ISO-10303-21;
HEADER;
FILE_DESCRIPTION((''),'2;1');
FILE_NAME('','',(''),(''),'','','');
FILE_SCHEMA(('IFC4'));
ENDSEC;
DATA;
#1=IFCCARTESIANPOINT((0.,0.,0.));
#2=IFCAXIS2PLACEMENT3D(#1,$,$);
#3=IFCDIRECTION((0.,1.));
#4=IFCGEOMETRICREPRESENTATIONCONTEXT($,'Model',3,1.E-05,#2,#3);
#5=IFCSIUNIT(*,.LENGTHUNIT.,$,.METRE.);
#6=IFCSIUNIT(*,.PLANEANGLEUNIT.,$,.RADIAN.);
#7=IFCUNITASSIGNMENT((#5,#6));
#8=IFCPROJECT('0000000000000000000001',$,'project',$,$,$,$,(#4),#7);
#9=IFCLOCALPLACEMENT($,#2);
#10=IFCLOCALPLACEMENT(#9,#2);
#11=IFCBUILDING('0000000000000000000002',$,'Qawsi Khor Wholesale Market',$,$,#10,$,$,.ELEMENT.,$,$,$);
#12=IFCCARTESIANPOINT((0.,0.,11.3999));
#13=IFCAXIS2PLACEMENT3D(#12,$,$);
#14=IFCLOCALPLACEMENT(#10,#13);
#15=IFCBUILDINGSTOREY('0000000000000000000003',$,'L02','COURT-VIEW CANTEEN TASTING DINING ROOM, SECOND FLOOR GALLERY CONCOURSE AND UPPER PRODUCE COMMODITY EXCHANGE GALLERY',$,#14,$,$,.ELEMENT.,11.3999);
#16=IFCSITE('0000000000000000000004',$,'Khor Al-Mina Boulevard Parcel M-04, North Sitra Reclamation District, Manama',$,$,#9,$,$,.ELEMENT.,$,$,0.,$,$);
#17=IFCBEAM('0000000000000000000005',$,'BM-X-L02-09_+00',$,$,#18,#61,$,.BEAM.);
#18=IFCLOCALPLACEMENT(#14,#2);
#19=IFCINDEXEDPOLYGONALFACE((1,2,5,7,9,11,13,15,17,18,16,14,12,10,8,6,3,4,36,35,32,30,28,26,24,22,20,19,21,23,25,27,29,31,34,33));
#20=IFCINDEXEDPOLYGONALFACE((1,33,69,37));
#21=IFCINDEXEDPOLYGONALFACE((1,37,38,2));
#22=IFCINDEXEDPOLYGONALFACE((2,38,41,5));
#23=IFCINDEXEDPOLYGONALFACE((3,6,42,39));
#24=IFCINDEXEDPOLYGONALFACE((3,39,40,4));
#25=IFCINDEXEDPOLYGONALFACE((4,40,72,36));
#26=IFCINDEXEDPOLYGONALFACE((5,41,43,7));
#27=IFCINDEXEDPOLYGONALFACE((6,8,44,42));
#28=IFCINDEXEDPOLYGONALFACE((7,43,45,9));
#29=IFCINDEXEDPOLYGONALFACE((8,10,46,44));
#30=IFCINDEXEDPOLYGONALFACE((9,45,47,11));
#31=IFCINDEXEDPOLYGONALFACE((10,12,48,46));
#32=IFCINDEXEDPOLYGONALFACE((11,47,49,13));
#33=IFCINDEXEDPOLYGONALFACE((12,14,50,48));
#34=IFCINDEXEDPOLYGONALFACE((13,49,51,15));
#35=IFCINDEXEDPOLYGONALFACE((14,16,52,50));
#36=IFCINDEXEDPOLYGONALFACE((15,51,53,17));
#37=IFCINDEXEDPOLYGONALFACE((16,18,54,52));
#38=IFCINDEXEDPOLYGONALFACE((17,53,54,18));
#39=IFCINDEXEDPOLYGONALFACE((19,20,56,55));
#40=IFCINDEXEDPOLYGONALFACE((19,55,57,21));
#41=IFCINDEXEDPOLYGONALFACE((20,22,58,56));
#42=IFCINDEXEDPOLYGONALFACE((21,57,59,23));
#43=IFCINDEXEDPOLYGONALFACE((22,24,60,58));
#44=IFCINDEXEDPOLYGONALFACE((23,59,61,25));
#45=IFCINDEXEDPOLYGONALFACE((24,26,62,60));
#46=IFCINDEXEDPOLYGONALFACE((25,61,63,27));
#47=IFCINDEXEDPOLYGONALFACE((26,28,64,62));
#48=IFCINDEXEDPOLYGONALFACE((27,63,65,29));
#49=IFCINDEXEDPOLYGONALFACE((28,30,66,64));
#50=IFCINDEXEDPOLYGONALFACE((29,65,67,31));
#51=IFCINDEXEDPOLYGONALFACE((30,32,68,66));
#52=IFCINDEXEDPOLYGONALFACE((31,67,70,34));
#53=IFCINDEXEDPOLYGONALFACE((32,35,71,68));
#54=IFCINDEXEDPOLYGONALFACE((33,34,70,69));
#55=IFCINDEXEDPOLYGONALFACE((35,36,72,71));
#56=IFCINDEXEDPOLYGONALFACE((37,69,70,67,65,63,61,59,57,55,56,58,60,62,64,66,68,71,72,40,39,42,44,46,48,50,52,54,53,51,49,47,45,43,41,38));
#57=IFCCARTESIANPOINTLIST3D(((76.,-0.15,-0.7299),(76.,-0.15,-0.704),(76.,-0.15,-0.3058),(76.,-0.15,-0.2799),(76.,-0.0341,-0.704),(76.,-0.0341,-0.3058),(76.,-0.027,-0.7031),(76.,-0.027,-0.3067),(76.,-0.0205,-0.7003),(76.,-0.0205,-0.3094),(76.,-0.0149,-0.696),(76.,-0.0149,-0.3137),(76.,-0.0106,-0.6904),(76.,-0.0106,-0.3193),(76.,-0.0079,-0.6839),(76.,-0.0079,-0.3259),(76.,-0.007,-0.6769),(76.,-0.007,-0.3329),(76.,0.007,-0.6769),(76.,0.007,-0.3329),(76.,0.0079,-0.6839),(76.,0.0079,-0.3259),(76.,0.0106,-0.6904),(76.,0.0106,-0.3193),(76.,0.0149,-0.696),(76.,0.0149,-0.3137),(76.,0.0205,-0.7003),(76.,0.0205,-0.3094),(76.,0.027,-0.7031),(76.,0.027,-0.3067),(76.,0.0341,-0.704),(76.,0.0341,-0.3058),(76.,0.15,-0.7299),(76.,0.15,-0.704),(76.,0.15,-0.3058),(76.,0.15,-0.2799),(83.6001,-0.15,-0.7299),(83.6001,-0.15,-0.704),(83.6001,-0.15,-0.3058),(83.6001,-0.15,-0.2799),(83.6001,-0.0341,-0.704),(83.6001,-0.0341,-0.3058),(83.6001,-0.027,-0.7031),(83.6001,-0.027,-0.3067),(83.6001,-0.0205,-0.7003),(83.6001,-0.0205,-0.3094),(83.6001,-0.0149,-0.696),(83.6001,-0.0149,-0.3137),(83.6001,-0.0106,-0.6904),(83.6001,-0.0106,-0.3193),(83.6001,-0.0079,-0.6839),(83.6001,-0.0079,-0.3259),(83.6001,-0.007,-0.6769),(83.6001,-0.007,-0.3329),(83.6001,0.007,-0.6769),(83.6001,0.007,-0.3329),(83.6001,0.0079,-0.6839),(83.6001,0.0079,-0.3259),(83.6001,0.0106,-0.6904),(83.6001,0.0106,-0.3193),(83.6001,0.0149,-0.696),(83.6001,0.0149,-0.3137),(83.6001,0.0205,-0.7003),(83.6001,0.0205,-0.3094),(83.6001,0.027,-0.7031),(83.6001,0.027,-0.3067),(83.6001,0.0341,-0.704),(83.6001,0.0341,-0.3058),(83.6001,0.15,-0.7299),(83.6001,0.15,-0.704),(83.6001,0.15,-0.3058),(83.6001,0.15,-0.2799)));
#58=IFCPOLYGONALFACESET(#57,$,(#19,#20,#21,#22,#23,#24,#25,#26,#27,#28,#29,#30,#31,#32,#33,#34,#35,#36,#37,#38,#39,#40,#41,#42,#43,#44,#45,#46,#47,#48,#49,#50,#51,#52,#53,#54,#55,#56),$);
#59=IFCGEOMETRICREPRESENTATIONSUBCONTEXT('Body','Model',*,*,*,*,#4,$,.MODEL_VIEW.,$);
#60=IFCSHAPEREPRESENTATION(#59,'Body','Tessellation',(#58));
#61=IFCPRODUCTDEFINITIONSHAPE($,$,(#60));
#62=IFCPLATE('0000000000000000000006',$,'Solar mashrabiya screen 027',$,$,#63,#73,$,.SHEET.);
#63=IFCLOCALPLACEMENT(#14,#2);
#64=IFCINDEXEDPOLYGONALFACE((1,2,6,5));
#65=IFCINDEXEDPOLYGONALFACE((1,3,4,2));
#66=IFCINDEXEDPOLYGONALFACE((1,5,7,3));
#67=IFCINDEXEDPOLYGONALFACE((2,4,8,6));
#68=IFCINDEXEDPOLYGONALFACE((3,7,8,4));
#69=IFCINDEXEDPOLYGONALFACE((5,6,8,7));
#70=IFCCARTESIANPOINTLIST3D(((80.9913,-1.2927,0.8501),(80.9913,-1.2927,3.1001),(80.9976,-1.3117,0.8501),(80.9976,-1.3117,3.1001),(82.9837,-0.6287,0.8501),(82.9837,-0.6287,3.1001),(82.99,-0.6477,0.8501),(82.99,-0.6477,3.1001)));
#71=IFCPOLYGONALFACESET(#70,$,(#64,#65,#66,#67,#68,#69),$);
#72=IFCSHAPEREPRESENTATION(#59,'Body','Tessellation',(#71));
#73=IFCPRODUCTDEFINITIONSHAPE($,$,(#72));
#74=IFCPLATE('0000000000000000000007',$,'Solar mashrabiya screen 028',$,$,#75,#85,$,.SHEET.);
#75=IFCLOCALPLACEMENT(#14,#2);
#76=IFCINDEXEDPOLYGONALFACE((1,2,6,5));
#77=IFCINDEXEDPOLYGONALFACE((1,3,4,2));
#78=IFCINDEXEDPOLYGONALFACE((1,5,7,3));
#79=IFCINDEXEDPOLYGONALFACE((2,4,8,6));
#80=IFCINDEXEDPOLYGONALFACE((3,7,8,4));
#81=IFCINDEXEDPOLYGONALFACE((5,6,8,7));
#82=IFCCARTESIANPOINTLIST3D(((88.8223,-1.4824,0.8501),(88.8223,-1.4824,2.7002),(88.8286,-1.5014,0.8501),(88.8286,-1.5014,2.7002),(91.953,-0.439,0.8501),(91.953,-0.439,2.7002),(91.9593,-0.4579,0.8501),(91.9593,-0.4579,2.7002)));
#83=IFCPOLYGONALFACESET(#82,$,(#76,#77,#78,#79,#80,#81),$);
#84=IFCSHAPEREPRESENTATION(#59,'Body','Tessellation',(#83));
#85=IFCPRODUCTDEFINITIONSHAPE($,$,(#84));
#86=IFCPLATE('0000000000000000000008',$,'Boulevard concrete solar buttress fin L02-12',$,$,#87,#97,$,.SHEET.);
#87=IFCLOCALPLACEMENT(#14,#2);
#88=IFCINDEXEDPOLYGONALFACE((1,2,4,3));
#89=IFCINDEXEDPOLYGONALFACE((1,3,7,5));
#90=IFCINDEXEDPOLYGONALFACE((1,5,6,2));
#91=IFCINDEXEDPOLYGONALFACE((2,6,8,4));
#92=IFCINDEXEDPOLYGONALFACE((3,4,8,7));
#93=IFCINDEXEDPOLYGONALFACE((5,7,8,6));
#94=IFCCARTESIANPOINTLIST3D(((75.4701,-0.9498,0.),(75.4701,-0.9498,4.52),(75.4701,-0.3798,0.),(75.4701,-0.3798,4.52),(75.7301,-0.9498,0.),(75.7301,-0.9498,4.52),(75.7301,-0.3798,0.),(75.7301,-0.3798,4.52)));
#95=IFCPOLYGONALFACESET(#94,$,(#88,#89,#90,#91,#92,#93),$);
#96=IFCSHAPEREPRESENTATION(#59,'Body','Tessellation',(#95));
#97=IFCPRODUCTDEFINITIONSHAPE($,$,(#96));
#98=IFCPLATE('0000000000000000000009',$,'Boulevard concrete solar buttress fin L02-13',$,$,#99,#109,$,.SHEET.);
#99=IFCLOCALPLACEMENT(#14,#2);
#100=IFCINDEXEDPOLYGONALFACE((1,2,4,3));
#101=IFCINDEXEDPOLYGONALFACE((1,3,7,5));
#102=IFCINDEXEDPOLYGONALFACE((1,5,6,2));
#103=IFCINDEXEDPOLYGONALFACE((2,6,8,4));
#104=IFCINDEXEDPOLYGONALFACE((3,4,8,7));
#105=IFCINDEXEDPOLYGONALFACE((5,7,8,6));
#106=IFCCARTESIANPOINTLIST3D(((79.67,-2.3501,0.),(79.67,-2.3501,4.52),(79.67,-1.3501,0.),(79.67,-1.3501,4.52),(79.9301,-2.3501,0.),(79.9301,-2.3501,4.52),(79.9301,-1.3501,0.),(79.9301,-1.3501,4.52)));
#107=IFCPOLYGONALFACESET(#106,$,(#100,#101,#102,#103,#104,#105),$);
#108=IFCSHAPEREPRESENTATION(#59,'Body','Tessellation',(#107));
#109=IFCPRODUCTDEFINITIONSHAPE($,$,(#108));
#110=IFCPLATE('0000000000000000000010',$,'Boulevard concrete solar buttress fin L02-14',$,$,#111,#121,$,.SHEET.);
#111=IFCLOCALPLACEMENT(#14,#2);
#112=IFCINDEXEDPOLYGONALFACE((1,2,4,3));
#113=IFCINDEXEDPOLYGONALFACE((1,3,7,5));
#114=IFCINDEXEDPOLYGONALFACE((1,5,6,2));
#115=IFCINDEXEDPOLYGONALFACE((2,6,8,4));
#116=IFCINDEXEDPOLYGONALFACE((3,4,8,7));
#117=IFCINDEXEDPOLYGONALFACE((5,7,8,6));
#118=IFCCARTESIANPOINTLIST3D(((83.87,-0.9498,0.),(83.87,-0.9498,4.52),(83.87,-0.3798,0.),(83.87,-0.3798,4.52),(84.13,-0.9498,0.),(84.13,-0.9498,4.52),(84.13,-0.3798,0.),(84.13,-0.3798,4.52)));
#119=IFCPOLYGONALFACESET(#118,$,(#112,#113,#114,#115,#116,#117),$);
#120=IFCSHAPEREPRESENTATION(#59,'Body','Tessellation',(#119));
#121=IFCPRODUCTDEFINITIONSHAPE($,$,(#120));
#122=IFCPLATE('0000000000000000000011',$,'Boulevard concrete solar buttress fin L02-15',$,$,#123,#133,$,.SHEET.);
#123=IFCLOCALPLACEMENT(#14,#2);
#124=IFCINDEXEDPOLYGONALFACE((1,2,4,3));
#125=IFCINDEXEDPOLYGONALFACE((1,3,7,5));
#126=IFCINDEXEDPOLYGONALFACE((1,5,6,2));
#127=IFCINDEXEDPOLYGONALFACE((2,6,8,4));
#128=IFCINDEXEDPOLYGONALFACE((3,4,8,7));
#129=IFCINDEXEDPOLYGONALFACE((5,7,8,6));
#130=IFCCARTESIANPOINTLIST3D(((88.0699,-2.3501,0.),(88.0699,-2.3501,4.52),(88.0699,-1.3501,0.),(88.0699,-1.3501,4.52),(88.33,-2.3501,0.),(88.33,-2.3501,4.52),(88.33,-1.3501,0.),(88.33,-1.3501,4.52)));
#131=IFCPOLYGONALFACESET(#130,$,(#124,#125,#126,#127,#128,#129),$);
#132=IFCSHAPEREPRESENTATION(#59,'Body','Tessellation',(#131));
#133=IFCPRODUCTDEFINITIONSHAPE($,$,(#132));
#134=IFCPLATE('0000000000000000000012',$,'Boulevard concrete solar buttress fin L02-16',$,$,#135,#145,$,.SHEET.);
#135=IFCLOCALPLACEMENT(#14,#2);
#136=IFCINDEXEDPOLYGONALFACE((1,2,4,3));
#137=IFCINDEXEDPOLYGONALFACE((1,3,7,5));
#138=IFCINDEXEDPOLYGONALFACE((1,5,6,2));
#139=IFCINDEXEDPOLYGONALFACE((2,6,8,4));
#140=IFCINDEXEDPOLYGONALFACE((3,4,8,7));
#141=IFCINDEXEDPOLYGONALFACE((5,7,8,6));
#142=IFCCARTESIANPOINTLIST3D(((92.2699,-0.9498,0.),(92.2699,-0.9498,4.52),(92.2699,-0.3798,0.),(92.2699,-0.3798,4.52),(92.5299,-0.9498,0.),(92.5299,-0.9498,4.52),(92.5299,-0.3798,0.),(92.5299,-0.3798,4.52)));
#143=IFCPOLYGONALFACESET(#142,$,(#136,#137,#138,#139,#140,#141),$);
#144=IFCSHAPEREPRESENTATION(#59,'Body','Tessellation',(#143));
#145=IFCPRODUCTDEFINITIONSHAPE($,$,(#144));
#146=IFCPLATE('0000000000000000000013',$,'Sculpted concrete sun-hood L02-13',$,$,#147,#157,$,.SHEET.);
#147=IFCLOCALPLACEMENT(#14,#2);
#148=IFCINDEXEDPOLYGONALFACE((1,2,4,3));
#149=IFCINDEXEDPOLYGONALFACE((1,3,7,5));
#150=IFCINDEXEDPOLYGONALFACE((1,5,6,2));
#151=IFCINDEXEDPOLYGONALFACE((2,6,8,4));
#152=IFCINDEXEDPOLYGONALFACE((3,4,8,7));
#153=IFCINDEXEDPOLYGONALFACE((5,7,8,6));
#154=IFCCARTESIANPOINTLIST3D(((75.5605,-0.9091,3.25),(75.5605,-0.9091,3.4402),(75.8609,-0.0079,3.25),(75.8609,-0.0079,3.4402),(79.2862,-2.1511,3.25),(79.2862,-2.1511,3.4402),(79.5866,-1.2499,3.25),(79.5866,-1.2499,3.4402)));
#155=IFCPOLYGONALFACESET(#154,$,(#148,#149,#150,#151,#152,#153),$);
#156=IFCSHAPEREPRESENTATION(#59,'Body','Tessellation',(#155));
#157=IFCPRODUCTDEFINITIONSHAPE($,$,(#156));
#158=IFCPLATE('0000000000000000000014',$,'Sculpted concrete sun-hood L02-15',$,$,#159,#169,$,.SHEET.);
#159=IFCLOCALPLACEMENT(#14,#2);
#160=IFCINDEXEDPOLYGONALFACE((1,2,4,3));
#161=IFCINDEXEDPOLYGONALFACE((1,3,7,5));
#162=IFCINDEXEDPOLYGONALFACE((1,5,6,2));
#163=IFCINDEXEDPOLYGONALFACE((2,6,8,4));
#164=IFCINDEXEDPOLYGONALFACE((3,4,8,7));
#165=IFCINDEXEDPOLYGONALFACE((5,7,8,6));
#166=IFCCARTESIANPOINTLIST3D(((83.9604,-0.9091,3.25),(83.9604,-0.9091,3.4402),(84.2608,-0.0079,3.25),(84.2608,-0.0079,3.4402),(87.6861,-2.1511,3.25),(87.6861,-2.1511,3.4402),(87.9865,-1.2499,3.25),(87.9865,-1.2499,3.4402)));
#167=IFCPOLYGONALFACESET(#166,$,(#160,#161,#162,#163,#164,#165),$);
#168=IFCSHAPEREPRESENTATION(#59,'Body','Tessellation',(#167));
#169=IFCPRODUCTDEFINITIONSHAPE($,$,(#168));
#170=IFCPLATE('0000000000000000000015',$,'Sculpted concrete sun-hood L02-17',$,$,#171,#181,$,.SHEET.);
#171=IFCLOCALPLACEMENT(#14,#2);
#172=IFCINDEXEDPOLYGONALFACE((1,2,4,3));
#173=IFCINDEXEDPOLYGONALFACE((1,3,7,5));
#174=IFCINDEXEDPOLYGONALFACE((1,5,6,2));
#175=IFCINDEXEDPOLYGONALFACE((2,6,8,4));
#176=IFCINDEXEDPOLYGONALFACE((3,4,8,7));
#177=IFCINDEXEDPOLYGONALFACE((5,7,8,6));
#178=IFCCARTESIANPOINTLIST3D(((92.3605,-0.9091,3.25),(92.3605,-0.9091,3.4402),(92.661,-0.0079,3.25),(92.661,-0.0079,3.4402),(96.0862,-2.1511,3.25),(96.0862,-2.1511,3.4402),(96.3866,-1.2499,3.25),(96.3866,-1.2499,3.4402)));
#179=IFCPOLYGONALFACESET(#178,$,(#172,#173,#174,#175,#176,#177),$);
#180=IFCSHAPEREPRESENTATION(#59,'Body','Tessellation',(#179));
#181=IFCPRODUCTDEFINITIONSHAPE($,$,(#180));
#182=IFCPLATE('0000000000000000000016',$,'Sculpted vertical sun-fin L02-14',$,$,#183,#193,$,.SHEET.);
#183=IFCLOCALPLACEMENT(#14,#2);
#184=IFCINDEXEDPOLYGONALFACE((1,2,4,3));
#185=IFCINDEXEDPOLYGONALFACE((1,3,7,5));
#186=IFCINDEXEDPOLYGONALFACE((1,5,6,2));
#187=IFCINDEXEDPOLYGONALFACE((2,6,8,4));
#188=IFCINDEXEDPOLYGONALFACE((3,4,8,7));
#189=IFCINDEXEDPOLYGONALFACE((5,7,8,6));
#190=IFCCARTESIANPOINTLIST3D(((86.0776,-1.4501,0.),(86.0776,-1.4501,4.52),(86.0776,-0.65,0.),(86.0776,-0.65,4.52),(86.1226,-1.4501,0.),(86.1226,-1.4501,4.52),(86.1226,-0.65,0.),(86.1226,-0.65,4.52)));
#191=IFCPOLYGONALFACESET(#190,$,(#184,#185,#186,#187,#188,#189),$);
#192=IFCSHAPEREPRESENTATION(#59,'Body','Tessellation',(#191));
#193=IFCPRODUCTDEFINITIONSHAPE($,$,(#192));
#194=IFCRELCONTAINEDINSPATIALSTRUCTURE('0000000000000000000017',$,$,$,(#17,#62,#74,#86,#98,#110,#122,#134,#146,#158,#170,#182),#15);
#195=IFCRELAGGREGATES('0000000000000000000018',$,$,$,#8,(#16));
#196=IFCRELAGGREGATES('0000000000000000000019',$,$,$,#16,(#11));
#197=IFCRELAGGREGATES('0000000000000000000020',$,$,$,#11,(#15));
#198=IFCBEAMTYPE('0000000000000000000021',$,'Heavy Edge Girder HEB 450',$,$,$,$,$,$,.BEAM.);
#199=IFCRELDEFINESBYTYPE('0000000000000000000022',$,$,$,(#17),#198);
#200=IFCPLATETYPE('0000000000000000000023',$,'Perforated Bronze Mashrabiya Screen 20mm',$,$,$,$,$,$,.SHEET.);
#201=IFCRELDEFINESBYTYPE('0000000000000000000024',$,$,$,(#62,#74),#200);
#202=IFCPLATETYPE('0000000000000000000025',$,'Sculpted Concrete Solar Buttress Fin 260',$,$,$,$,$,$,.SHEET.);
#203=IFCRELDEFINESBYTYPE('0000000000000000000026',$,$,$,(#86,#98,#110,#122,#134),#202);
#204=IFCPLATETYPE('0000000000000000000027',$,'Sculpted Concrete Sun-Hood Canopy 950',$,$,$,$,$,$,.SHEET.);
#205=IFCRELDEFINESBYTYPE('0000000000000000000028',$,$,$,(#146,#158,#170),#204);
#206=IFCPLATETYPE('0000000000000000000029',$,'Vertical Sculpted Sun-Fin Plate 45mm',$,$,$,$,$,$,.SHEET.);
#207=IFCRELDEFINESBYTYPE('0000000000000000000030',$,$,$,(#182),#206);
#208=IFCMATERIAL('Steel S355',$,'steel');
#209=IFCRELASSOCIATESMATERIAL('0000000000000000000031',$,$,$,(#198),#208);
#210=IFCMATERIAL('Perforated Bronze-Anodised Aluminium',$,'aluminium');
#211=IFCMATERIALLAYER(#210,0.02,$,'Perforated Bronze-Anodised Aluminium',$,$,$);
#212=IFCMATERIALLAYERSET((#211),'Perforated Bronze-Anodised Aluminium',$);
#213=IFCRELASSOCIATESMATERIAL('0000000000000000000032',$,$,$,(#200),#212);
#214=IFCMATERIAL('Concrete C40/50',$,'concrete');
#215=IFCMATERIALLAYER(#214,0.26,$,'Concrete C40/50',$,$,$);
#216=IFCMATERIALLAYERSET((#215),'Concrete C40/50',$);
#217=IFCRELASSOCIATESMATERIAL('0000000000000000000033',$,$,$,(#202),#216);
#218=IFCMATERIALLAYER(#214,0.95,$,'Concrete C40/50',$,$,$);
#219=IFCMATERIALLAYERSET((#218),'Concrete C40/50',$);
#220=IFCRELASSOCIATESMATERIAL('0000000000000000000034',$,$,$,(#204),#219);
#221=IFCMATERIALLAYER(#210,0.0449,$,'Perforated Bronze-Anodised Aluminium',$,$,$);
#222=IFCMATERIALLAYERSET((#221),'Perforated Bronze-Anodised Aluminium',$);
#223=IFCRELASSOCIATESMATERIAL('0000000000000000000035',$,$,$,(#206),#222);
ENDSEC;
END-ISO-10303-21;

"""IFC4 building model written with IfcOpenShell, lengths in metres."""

from ifc_helpers import new_model, si_unit, direction, frame, frame_2d, origin, origin_2d, place, context, subcontext, project, spatial, rectangle, i_section, extrude, material, layer, layer_set, material_profile, profile_set, type_object, element, save


model = new_model("IFC4")

# Units and contexts
model_context = context("Model", 3, precision=1e-05, world=origin(), true_north=direction((0.0, 1.0)))
body_context = subcontext(model_context, "Body", "Model", "MODEL_VIEW")
ifc_project = project(units=[si_unit("LENGTHUNIT", "METRE"), si_unit("PLANEANGLEUNIT", "RADIAN")], contexts=[model_context])

# Site, building, storey
site_placement = place(None, origin())
site = spatial("IfcSite", under=ifc_project, at=site_placement, Name="Khor Al-Mina Boulevard Parcel M-04, North Sitra Reclamation District, Manama", CompositionType="ELEMENT", RefElevation=0.0)
building_placement = place(site_placement, origin())
building = spatial("IfcBuilding", under=site, at=building_placement, Name="Qawsi Khor Wholesale Market", CompositionType="ELEMENT")
storey_placement = place(building_placement, frame((0.0, 0.0, 11.3999)))
storey = spatial("IfcBuildingStorey", under=building, at=storey_placement, Name="L02", Description="COURT-VIEW CANTEEN TASTING DINING ROOM, SECOND FLOOR GALLERY CONCOURSE AND UPPER PRODUCE COMMODITY EXCHANGE GALLERY", CompositionType="ELEMENT", Elevation=11.3999)

# Beam
ifc_material_1 = material(Name="Steel S355", Category="steel")
ifc_material_profile = material_profile(ifc_material_1, i_section(OverallWidth=0.3, OverallDepth=0.45, WebThickness=0.0139, FlangeThickness=0.0259, FilletRadius=0.0271, at=origin_2d()), Name="HEB 450")
ifc_profile_set = profile_set([ifc_material_profile], Name="Steel S355")
beam_type = type_object("IfcBeamType", Name="Heavy Edge Girder HEB 450", PredefinedType="BEAM", material=ifc_profile_set)
beam_placement = place(storey_placement, frame((76.0, 0.0, -0.5049), z_axis=(1.0, 0.0, 0.0), x_axis=(0.0, 1.0, 0.0)))
element("IfcBeam", 1, at=beam_placement, inside=storey, type_object=beam_type, Name="BM-X-L02-09_+00", PredefinedType="BEAM", context=body_context, shape_type="SweptSolid", body=[
    extrude(i_section(OverallWidth=0.3, OverallDepth=0.45, WebThickness=0.0139, FlangeThickness=0.0259, FilletRadius=0.0271, at=origin_2d()), origin(), (0.0, 0.0, 1.0), 7.6001),
])

# Plates
ifc_material_2 = material(Name="Perforated Bronze-Anodised Aluminium", Category="aluminium")
ifc_layer_1 = layer(ifc_material_2, 0.02, Name="Perforated Bronze-Anodised Aluminium")
ifc_layer_set_1 = layer_set([ifc_layer_1], Name="Perforated Bronze-Anodised Aluminium")
plate_type_1 = type_object("IfcPlateType", Name="Perforated Bronze Mashrabiya Screen 20mm", PredefinedType="SHEET", material=ifc_layer_set_1)
plate_1_placement = place(storey_placement, frame((82.9868, -0.6382, 0.8501), z_axis=(0.0, 0.0, 1.0), x_axis=(-0.948695, -0.316193, 0.0)))
element("IfcPlate", 2, at=plate_1_placement, inside=storey, type_object=plate_type_1, Name="Solar mashrabiya screen 027", PredefinedType="SHEET", context=body_context, shape_type="SweptSolid", body=[
    extrude(rectangle(XDim=2.1001, YDim=0.02, at=frame_2d((1.05, 0.0))), origin(), (0.0, 0.0, 1.0), 2.25),
])
plate_2_placement = place(storey_placement, frame((91.9561, -0.4485, 0.8501), z_axis=(0.0, 0.0, 1.0), x_axis=(-0.948698, -0.316183, 0.0)))
element("IfcPlate", 3, at=plate_2_placement, inside=storey, type_object=plate_type_1, Name="Solar mashrabiya screen 028", PredefinedType="SHEET", context=body_context, shape_type="SweptSolid", body=[
    extrude(rectangle(XDim=3.3, YDim=0.02, at=frame_2d((1.6499, 0.0))), origin(), (0.0, 0.0, 1.0), 1.8501),
])
ifc_material_3 = material(Name="Concrete C40/50", Category="concrete")
ifc_layer_2 = layer(ifc_material_3, 0.26, Name="Concrete C40/50")
ifc_layer_set_2 = layer_set([ifc_layer_2], Name="Concrete C40/50")
plate_type_2 = type_object("IfcPlateType", Name="Sculpted Concrete Solar Buttress Fin 260", PredefinedType="SHEET", material=ifc_layer_set_2)
plate_3_placement = place(storey_placement, frame((75.6001, -0.95, 0.0), z_axis=(0.0, 0.0, 1.0), x_axis=(0.0, 1.0, 0.0)))
element("IfcPlate", 4, at=plate_3_placement, inside=storey, type_object=plate_type_2, Name="Boulevard concrete solar buttress fin L02-12", PredefinedType="SHEET", context=body_context, shape_type="SweptSolid", body=[
    extrude(rectangle(XDim=0.5701, YDim=0.26, at=frame_2d((0.2852, 0.0))), origin(), (0.0, 0.0, 1.0), 4.52),
])
plate_4_placement = place(storey_placement, frame((79.8, -2.3501, 0.0), z_axis=(0.0, 0.0, 1.0), x_axis=(0.0, 1.0, 0.0)))
element("IfcPlate", 5, at=plate_4_placement, inside=storey, type_object=plate_type_2, Name="Boulevard concrete solar buttress fin L02-13", PredefinedType="SHEET", context=body_context, shape_type="SweptSolid", body=[
    extrude(rectangle(XDim=1.0, YDim=0.26, at=frame_2d((0.5, 0.0))), origin(), (0.0, 0.0, 1.0), 4.52),
])
plate_5_placement = place(storey_placement, frame((84.0, -0.95, 0.0), z_axis=(0.0, 0.0, 1.0), x_axis=(0.0, 1.0, 0.0)))
element("IfcPlate", 6, at=plate_5_placement, inside=storey, type_object=plate_type_2, Name="Boulevard concrete solar buttress fin L02-14", PredefinedType="SHEET", context=body_context, shape_type="SweptSolid", body=[
    extrude(rectangle(XDim=0.5701, YDim=0.26, at=frame_2d((0.2852, 0.0))), origin(), (0.0, 0.0, 1.0), 4.52),
])
plate_6_placement = place(storey_placement, frame((88.2, -2.3501, 0.0), z_axis=(0.0, 0.0, 1.0), x_axis=(0.0, 1.0, 0.0)))
element("IfcPlate", 7, at=plate_6_placement, inside=storey, type_object=plate_type_2, Name="Boulevard concrete solar buttress fin L02-15", PredefinedType="SHEET", context=body_context, shape_type="SweptSolid", body=[
    extrude(rectangle(XDim=1.0, YDim=0.26, at=frame_2d((0.5, 0.0))), origin(), (0.0, 0.0, 1.0), 4.52),
])
plate_7_placement = place(storey_placement, frame((92.3999, -0.95, 0.0), z_axis=(0.0, 0.0, 1.0), x_axis=(0.0, 1.0, 0.0)))
element("IfcPlate", 8, at=plate_7_placement, inside=storey, type_object=plate_type_2, Name="Boulevard concrete solar buttress fin L02-16", PredefinedType="SHEET", context=body_context, shape_type="SweptSolid", body=[
    extrude(rectangle(XDim=0.5701, YDim=0.26, at=frame_2d((0.2852, 0.0))), origin(), (0.0, 0.0, 1.0), 4.52),
])
ifc_layer_3 = layer(ifc_material_3, 0.95, Name="Concrete C40/50")
ifc_layer_set_3 = layer_set([ifc_layer_3], Name="Concrete C40/50")
plate_type_3 = type_object("IfcPlateType", Name="Sculpted Concrete Sun-Hood Canopy 950", PredefinedType="SHEET", material=ifc_layer_set_3)
for number, where, z_axis, x_axis, name in (
    (9, (75.7107, -0.4585, 3.25), (0.0, 0.0, 1.0), (0.948677, -0.316246, 0.0), "Sculpted concrete sun-hood L02-13"),
    (10, (84.1106, -0.4585, 3.25), (0.0, 0.0, 1.0), (0.948677, -0.316246, 0.0), "Sculpted concrete sun-hood L02-15"),
    (11, (92.5107, -0.4585, 3.25), (0.0, 0.0, 1.0), (0.948677, -0.316246, 0.0), "Sculpted concrete sun-hood L02-17"),
):
    element("IfcPlate", number, at=place(storey_placement, frame(where, z_axis=z_axis, x_axis=x_axis)), inside=storey, type_object=plate_type_3, Name=name, PredefinedType="SHEET", context=body_context, shape_type="SweptSolid", body=[
        extrude(rectangle(XDim=3.9272, YDim=0.95, at=frame_2d((1.9636, 0.0))), origin(), (0.0, 0.0, 1.0), 0.1902),
    ])
ifc_layer_4 = layer(ifc_material_2, 0.0449, Name="Perforated Bronze-Anodised Aluminium")
ifc_layer_set_4 = layer_set([ifc_layer_4], Name="Perforated Bronze-Anodised Aluminium")
plate_type_4 = type_object("IfcPlateType", Name="Vertical Sculpted Sun-Fin Plate 45mm", PredefinedType="SHEET", material=ifc_layer_set_4)
plate_8_placement = place(storey_placement, frame((86.1001, -1.45, 0.0), z_axis=(0.0, 0.0, 1.0), x_axis=(0.0, 1.0, 0.0)))
element("IfcPlate", 12, at=plate_8_placement, inside=storey, type_object=plate_type_4, Name="Sculpted vertical sun-fin L02-14", PredefinedType="SHEET", context=body_context, shape_type="SweptSolid", body=[
    extrude(rectangle(XDim=0.8, YDim=0.0449, at=frame_2d((0.3999, 0.0))), origin(), (0.0, 0.0, 1.0), 4.52),
])

save(model, "model.ifc")
